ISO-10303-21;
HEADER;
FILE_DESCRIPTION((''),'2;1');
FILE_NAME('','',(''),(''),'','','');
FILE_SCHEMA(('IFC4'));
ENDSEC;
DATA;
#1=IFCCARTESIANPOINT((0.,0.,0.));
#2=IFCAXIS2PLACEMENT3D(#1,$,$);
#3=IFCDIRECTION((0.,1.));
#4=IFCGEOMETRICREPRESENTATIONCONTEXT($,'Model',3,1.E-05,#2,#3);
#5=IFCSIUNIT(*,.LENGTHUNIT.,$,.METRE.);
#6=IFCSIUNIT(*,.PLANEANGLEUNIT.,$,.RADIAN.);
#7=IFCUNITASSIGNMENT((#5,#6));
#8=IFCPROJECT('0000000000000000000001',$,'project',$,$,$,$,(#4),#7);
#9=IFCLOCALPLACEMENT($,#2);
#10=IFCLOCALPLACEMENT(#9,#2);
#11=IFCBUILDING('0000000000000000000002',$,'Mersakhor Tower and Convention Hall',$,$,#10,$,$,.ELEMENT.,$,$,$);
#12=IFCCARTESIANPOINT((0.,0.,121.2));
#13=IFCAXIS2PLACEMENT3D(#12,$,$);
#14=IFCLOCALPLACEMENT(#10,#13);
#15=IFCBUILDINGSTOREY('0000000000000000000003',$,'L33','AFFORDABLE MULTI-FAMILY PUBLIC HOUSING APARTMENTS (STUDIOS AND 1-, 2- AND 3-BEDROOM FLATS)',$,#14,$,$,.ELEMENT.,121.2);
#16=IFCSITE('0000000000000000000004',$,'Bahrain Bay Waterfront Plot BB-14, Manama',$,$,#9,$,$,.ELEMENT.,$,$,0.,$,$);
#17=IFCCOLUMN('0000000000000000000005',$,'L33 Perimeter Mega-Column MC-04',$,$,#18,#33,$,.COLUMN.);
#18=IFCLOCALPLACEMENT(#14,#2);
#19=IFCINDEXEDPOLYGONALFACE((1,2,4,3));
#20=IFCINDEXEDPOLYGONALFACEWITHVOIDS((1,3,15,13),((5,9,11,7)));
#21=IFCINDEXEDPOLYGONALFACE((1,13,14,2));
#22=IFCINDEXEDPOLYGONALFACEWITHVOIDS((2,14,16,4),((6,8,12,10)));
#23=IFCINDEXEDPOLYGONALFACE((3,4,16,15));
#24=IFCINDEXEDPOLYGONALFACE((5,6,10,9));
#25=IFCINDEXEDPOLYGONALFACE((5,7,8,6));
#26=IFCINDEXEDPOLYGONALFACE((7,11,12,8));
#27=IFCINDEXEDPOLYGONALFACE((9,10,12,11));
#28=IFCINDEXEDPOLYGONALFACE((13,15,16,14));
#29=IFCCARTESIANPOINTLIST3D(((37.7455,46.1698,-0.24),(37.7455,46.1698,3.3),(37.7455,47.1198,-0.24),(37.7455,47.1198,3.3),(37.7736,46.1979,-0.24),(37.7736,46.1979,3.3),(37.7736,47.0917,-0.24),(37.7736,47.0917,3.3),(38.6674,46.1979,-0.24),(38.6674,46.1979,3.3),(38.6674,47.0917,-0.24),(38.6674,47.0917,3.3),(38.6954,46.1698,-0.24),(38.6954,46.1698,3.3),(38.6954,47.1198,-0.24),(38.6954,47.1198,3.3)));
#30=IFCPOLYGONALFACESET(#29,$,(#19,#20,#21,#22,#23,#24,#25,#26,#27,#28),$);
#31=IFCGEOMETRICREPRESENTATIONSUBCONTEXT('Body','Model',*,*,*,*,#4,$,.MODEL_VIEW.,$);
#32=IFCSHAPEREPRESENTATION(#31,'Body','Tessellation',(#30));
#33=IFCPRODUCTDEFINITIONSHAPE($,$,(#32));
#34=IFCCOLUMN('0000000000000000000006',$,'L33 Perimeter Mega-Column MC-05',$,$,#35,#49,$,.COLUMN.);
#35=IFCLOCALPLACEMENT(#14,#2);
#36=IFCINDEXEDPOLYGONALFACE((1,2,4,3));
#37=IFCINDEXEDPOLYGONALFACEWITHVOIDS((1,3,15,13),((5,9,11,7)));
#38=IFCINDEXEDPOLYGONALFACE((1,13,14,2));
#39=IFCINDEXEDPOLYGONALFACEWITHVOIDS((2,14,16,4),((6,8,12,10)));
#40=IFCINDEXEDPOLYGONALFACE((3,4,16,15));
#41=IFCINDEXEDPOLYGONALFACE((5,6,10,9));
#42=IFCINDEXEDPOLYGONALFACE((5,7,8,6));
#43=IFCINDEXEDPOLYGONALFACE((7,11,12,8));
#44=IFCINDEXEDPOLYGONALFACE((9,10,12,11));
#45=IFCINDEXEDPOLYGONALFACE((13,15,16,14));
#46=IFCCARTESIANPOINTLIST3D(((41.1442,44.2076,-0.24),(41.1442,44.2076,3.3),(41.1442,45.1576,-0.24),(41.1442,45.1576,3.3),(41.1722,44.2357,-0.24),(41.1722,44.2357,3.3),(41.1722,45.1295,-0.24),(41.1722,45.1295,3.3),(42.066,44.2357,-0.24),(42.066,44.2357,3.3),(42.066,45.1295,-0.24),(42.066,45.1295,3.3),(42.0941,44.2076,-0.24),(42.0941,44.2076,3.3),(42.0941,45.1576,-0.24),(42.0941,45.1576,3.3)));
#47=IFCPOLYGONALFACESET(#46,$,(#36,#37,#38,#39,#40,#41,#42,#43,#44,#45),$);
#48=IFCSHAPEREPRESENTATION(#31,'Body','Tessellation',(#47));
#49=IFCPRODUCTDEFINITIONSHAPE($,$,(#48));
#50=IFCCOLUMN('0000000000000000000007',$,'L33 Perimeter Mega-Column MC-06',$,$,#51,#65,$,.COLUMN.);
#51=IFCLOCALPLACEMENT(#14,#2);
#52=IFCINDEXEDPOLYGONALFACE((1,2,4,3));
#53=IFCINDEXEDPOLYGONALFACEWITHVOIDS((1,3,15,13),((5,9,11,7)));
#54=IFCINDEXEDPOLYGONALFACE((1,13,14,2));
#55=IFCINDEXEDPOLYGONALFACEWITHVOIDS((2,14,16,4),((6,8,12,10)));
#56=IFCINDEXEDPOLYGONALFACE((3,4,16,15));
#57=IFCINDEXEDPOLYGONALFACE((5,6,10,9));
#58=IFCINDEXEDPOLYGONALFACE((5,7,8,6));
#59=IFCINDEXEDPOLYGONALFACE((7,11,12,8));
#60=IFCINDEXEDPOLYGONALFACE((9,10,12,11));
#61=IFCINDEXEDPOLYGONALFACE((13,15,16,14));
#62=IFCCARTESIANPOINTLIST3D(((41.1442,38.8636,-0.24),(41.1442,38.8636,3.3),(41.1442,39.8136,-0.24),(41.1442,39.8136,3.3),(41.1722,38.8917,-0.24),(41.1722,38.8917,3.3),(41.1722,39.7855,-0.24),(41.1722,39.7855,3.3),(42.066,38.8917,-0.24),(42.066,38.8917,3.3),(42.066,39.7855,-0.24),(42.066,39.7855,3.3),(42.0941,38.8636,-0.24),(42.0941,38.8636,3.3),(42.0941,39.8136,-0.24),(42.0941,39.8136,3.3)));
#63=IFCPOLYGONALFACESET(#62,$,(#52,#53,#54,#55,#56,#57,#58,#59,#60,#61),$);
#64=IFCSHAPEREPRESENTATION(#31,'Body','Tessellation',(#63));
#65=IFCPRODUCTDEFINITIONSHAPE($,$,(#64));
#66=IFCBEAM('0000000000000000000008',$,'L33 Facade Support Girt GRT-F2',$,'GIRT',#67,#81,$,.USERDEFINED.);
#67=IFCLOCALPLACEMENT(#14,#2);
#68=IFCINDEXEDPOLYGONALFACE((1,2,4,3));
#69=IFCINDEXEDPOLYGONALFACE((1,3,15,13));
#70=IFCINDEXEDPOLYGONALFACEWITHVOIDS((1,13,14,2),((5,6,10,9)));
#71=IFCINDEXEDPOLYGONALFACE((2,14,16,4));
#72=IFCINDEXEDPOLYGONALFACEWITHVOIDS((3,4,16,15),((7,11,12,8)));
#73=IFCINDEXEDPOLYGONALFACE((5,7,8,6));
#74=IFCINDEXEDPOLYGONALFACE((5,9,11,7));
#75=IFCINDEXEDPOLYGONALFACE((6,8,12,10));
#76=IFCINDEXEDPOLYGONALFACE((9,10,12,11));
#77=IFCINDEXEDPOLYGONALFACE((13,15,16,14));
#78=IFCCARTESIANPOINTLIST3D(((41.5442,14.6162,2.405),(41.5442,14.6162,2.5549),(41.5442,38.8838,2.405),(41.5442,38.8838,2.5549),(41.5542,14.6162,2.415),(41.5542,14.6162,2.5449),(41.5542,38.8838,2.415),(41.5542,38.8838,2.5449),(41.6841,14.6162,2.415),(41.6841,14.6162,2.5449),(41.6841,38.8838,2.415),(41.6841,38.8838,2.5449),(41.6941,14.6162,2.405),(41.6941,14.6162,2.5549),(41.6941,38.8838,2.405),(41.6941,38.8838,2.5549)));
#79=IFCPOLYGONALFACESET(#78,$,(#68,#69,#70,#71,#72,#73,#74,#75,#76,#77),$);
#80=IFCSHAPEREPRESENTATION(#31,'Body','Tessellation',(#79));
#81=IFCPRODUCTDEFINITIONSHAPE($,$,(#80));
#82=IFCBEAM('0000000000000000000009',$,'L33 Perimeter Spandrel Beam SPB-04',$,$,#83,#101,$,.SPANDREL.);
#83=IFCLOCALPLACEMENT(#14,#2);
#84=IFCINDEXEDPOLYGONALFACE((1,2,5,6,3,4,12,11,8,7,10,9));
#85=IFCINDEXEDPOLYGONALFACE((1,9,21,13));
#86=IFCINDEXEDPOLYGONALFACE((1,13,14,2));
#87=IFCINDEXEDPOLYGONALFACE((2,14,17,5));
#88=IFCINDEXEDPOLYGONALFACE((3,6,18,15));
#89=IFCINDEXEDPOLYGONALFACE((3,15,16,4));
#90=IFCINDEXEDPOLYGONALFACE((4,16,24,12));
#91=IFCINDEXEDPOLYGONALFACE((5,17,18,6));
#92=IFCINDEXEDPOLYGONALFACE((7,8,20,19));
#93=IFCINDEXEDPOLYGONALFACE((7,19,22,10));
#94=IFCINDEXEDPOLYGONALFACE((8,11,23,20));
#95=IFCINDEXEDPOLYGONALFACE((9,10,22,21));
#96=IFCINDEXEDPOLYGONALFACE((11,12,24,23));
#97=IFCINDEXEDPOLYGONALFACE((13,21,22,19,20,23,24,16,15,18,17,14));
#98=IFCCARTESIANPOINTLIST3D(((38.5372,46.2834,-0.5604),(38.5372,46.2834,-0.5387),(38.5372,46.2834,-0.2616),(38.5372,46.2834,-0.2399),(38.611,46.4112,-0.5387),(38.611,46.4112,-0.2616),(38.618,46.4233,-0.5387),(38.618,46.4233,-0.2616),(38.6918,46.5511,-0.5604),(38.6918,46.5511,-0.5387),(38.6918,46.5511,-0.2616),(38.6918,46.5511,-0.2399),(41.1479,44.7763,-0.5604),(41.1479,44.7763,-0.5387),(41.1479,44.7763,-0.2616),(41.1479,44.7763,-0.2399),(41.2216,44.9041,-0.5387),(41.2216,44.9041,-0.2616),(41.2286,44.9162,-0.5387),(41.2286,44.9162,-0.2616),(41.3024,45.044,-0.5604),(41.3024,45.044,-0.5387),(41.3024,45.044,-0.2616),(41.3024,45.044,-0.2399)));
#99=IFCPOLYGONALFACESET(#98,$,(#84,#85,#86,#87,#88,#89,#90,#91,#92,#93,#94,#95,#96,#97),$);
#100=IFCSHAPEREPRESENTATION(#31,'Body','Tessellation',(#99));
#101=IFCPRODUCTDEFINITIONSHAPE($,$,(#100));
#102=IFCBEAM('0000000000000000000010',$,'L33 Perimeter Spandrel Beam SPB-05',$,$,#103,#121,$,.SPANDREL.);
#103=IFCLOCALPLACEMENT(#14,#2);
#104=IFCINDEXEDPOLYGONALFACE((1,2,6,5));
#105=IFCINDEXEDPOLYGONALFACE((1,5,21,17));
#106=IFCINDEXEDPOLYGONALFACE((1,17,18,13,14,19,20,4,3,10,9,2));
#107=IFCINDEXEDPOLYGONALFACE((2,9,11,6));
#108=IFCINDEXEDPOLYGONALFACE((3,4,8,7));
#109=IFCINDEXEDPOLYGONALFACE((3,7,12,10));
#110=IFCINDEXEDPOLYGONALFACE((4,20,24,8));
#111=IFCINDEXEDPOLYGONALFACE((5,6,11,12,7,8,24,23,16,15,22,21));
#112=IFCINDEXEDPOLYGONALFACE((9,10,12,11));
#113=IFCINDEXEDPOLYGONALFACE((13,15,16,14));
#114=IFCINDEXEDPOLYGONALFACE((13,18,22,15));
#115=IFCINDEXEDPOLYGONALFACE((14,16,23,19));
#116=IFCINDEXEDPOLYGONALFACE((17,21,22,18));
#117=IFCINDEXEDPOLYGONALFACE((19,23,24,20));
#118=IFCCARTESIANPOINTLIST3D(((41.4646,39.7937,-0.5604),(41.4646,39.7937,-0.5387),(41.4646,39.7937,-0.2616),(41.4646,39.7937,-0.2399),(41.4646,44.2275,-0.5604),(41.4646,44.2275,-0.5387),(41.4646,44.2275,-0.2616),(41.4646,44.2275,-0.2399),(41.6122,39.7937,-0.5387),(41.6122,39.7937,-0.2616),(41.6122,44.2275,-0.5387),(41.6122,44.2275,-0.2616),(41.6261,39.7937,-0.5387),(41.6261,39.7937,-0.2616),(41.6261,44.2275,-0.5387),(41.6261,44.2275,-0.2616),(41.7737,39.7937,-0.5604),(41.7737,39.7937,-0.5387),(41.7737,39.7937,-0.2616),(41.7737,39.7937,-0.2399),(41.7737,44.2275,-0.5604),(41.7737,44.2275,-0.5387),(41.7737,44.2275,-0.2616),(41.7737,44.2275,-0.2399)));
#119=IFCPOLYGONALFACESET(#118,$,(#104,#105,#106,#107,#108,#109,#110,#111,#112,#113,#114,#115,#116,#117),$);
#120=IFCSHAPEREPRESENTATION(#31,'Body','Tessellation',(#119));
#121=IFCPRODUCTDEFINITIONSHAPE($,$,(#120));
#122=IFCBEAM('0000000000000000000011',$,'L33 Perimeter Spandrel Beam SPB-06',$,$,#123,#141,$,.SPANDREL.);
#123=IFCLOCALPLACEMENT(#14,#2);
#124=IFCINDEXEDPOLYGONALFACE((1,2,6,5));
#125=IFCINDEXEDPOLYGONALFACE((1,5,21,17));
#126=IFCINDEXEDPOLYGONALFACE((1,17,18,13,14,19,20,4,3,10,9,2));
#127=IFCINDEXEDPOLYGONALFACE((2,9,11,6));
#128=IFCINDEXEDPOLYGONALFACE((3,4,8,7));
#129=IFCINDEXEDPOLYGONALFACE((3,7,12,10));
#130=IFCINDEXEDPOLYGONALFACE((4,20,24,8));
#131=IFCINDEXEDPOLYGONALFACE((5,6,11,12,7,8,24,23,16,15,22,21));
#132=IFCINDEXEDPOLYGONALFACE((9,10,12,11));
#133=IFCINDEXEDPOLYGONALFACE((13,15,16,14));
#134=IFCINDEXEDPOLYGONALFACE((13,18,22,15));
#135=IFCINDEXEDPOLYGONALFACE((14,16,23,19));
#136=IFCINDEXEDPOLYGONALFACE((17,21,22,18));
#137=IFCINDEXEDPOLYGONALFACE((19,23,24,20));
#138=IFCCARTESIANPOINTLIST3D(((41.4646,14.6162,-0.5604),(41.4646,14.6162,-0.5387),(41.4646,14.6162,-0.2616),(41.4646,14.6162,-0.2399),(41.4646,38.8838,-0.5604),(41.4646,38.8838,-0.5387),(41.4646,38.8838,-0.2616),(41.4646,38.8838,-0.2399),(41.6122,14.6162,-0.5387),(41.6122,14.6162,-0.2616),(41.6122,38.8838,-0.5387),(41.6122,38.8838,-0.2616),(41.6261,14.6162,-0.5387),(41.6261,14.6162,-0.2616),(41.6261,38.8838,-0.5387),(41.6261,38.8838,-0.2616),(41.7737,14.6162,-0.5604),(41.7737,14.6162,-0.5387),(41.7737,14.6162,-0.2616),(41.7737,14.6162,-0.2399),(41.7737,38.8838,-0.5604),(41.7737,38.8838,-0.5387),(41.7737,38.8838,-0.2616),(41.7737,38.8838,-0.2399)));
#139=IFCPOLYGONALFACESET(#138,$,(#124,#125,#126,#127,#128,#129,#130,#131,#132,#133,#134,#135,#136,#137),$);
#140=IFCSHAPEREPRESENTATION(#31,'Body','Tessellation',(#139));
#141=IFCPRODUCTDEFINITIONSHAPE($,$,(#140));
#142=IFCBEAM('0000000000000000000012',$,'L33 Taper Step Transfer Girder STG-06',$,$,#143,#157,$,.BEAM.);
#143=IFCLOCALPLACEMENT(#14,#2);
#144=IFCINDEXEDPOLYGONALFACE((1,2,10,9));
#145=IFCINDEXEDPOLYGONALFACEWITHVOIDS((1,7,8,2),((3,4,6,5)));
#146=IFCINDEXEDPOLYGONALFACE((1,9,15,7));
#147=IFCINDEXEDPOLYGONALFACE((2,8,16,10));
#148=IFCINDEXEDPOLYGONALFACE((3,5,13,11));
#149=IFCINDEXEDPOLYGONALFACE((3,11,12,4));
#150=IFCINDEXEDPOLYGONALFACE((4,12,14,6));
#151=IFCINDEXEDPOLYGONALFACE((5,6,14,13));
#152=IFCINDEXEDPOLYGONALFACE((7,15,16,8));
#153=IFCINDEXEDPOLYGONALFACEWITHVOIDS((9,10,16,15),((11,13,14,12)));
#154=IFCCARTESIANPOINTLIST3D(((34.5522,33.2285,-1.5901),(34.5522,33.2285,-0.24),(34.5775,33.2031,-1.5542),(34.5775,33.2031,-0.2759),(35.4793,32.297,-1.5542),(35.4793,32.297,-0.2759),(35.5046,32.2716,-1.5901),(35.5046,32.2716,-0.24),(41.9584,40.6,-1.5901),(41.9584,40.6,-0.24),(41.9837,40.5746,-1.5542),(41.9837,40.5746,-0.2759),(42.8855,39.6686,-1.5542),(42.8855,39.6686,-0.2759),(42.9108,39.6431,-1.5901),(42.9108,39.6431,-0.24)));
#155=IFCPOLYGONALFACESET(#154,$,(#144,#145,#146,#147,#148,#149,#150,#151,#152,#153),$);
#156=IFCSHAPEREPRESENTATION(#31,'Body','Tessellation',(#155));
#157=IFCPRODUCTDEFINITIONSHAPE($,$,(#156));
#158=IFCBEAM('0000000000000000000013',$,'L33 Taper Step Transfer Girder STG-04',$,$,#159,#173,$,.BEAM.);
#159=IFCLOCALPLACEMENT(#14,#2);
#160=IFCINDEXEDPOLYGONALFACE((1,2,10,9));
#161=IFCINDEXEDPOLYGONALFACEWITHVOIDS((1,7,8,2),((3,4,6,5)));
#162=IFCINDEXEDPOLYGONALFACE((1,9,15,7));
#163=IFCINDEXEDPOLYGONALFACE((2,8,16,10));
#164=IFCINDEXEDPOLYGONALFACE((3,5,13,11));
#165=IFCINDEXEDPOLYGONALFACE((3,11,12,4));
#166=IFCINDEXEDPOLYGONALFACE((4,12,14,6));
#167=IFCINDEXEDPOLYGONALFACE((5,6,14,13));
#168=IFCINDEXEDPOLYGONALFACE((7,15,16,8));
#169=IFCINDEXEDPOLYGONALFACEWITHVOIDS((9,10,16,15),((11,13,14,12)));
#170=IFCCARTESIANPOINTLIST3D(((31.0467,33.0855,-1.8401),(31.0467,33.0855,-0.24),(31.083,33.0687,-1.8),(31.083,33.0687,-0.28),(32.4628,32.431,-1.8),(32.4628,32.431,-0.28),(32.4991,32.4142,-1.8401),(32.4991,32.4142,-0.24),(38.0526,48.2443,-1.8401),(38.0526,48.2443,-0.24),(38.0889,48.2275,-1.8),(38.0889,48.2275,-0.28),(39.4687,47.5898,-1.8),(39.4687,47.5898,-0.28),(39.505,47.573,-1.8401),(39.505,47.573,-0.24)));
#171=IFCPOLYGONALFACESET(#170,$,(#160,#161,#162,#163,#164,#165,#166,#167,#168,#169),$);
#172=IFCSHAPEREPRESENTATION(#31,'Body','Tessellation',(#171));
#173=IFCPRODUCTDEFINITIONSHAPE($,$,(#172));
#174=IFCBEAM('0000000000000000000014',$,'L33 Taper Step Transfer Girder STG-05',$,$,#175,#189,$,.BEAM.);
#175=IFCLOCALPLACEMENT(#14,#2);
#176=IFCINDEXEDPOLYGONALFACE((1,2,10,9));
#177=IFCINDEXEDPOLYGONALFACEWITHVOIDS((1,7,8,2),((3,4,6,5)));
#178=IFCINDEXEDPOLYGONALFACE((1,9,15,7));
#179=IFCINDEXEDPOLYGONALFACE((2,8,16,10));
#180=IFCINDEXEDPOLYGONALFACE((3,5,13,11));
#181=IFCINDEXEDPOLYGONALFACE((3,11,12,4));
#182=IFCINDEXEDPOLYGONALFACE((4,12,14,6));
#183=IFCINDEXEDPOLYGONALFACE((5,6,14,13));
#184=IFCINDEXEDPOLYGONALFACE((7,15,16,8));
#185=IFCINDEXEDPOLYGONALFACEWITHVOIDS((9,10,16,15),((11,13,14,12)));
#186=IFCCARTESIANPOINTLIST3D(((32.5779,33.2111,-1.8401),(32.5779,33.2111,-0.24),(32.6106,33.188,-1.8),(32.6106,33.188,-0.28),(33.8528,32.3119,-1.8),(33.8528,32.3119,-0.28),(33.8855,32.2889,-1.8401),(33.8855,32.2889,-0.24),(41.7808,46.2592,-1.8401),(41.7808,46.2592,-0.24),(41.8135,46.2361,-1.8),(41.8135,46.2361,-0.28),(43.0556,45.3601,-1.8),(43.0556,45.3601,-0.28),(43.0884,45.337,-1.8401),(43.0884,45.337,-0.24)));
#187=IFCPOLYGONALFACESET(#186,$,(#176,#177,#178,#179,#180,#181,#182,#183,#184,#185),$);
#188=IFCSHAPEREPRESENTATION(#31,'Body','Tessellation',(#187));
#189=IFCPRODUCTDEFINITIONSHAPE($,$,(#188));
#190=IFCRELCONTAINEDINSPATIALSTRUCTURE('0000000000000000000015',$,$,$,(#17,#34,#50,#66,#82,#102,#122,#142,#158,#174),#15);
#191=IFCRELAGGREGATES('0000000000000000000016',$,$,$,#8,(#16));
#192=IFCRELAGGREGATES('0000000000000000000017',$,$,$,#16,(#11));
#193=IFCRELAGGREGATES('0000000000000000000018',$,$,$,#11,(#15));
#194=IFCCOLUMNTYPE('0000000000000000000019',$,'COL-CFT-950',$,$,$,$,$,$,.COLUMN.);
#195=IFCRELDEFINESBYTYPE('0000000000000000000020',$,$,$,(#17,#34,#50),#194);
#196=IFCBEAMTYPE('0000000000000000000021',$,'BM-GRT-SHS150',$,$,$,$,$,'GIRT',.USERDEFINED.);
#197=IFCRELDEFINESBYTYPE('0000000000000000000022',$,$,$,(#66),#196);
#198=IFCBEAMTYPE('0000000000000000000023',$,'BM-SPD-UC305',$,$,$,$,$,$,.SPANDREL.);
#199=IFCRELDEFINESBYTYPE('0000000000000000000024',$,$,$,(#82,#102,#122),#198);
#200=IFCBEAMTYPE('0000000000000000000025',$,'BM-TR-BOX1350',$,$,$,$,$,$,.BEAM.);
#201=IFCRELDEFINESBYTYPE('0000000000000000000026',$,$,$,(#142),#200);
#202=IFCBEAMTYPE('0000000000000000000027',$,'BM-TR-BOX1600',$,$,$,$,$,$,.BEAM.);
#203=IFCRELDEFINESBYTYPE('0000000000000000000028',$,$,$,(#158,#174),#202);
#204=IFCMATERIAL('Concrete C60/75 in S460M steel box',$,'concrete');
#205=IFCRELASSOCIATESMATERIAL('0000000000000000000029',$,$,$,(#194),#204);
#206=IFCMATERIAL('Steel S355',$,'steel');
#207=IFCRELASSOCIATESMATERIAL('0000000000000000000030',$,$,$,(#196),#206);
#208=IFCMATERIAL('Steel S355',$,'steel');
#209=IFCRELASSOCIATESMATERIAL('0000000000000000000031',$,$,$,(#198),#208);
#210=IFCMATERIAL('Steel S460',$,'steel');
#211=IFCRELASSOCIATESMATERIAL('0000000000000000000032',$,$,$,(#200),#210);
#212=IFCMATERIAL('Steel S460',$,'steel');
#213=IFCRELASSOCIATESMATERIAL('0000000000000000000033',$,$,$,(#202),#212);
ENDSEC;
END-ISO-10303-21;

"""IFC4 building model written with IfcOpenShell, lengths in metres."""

from ifc_helpers import new_model, si_unit, direction, frame, origin, origin_2d, place, context, subcontext, project, spatial, hollow_rectangle, i_section, extrude, material, material_profile, profile_set, type_object, element, save


model = new_model("IFC4")

# Units and contexts
model_context = context("Model", 3, precision=1e-05, world=origin(), true_north=direction((0.0, 1.0)))
body_context = subcontext(model_context, "Body", "Model", "MODEL_VIEW")
ifc_project = project(units=[si_unit("LENGTHUNIT", "METRE"), si_unit("PLANEANGLEUNIT", "RADIAN")], contexts=[model_context])

# Site, building, storey
site_placement = place(None, origin())
site = spatial("IfcSite", under=ifc_project, at=site_placement, Name="Bahrain Bay Waterfront Plot BB-14, Manama", CompositionType="ELEMENT", RefElevation=0.0)
building_placement = place(site_placement, origin())
building = spatial("IfcBuilding", under=site, at=building_placement, Name="Mersakhor Tower and Convention Hall", CompositionType="ELEMENT")
storey_placement = place(building_placement, frame((0.0, 0.0, 121.2)))
storey = spatial("IfcBuildingStorey", under=building, at=storey_placement, Name="L33", Description="AFFORDABLE MULTI-FAMILY PUBLIC HOUSING APARTMENTS (STUDIOS AND 1-, 2- AND 3-BEDROOM FLATS)", CompositionType="ELEMENT", Elevation=121.2)

# Columns
ifc_material_1 = material(Name="Concrete C60/75 in S460M steel box", Category="concrete")
ifc_material_profile_1 = material_profile(ifc_material_1, hollow_rectangle(XDim=0.95, YDim=0.95, WallThickness=0.0281, at=origin_2d()), Name="SHS 950x950x28")
ifc_profile_set_1 = profile_set([ifc_material_profile_1], Name="Concrete C60/75 in S460M steel box")
column_type = type_object("IfcColumnType", Name="COL-CFT-950", PredefinedType="COLUMN", material=ifc_profile_set_1)
for number, where, z_axis, x_axis, name in (
    (1, (38.2205, 46.6448, -0.24), (0.0, 0.0, 1.0), (1.0, 0.0, 0.0), "L33 Perimeter Mega-Column MC-04"),
    (2, (41.6191, 44.6826, -0.24), (0.0, 0.0, 1.0), (1.0, 0.0, 0.0), "L33 Perimeter Mega-Column MC-05"),
    (3, (41.6191, 39.3386, -0.24), (0.0, 0.0, 1.0), (1.0, 0.0, 0.0), "L33 Perimeter Mega-Column MC-06"),
):
    element("IfcColumn", number, at=place(storey_placement, frame(where, z_axis=z_axis, x_axis=x_axis)), inside=storey, type_object=column_type, Name=name, PredefinedType="COLUMN", context=body_context, shape_type="SweptSolid", body=[
        extrude(hollow_rectangle(XDim=0.95, YDim=0.95, WallThickness=0.0281, at=origin_2d()), origin(), (0.0, 0.0, 1.0), 3.54),
    ])

# Beams
ifc_material_2 = material(Name="Steel S355", Category="steel")
ifc_material_profile_2 = material_profile(ifc_material_2, hollow_rectangle(XDim=0.1499, YDim=0.1499, WallThickness=0.01, at=origin_2d()), Name="SHS 150x150x10")
ifc_profile_set_2 = profile_set([ifc_material_profile_2], Name="Steel S355")
beam_type_1 = type_object("IfcBeamType", Name="BM-GRT-SHS150", ElementType="GIRT", PredefinedType="USERDEFINED", material=ifc_profile_set_2)
beam_1_placement = place(storey_placement, frame((41.6191, 38.8838, 2.48), z_axis=(0.0, -1.0, 0.0), x_axis=(1.0, 0.0, 0.0)))
element("IfcBeam", 4, at=beam_1_placement, inside=storey, type_object=beam_type_1, Name="L33 Facade Support Girt GRT-F2", ObjectType="GIRT", PredefinedType="USERDEFINED", context=body_context, shape_type="SweptSolid", body=[
    extrude(hollow_rectangle(XDim=0.1499, YDim=0.1499, WallThickness=0.01, at=origin_2d()), origin(), (0.0, 0.0, 1.0), 24.2676),
])
ifc_material_3 = material(Name="Steel S355", Category="steel")
ifc_material_profile_3 = material_profile(ifc_material_3, i_section(OverallWidth=0.3091, OverallDepth=0.3206, WebThickness=0.0139, FlangeThickness=0.0217, at=origin_2d()), Name="UC 305x305x137")
ifc_profile_set_3 = profile_set([ifc_material_profile_3], Name="Steel S355")
beam_type_2 = type_object("IfcBeamType", Name="BM-SPD-UC305", PredefinedType="SPANDREL", material=ifc_profile_set_3)
beam_2_placement = place(storey_placement, frame((38.6145, 46.4172, -0.4001), z_axis=(0.866047, -0.499963, 0.0), x_axis=(0.499963, 0.866047, 0.0)))
element("IfcBeam", 5, at=beam_2_placement, inside=storey, type_object=beam_type_2, Name="L33 Perimeter Spandrel Beam SPB-04", PredefinedType="SPANDREL", context=body_context, shape_type="SweptSolid", body=[
    extrude(i_section(OverallWidth=0.3091, OverallDepth=0.3206, WebThickness=0.0139, FlangeThickness=0.0217, at=origin_2d()), origin(), (0.0, 0.0, 1.0), 3.0144),
])
beam_3_placement = place(storey_placement, frame((41.6191, 44.2275, -0.4001), z_axis=(0.0, -1.0, 0.0), x_axis=(1.0, 0.0, 0.0)))
element("IfcBeam", 6, at=beam_3_placement, inside=storey, type_object=beam_type_2, Name="L33 Perimeter Spandrel Beam SPB-05", PredefinedType="SPANDREL", context=body_context, shape_type="SweptSolid", body=[
    extrude(i_section(OverallWidth=0.3091, OverallDepth=0.3206, WebThickness=0.0139, FlangeThickness=0.0217, at=origin_2d()), origin(), (0.0, 0.0, 1.0), 4.4338),
])
beam_4_placement = place(storey_placement, frame((41.6191, 38.8838, -0.4001), z_axis=(0.0, -1.0, 0.0), x_axis=(1.0, 0.0, 0.0)))
element("IfcBeam", 7, at=beam_4_placement, inside=storey, type_object=beam_type_2, Name="L33 Perimeter Spandrel Beam SPB-06", PredefinedType="SPANDREL", context=body_context, shape_type="SweptSolid", body=[
    extrude(i_section(OverallWidth=0.3091, OverallDepth=0.3206, WebThickness=0.0139, FlangeThickness=0.0217, at=origin_2d()), origin(), (0.0, 0.0, 1.0), 24.2676),
])
ifc_material_4 = material(Name="Steel S460", Category="steel")
ifc_material_profile_4 = material_profile(ifc_material_4, hollow_rectangle(XDim=1.3501, YDim=1.3501, WallThickness=0.0359, at=origin_2d()), Name="SHS 1350x1350x36")
ifc_profile_set_4 = profile_set([ifc_material_profile_4], Name="Steel S460")
beam_type_3 = type_object("IfcBeamType", Name="BM-TR-BOX1350", PredefinedType="BEAM", material=ifc_profile_set_4)
beam_5_placement = place(storey_placement, frame((42.4346, 40.1216, -0.915), z_axis=(-0.708764, -0.705446, 0.0), x_axis=(0.705446, -0.708764, 0.0)))
element("IfcBeam", 8, at=beam_5_placement, inside=storey, type_object=beam_type_3, Name="L33 Taper Step Transfer Girder STG-06", PredefinedType="BEAM", context=body_context, shape_type="SweptSolid", body=[
    extrude(hollow_rectangle(XDim=1.3501, YDim=1.3501, WallThickness=0.0359, at=origin_2d()), origin(), (0.0, 0.0, 1.0), 10.4495),
])
ifc_material_5 = material(Name="Steel S460", Category="steel")
ifc_material_profile_5 = material_profile(ifc_material_5, hollow_rectangle(XDim=1.6001, YDim=1.6001, WallThickness=0.04, at=origin_2d()), Name="SHS 1600x1600x40")
ifc_profile_set_5 = profile_set([ifc_material_profile_5], Name="Steel S460")
beam_type_4 = type_object("IfcBeamType", Name="BM-TR-BOX1600", PredefinedType="BEAM", material=ifc_profile_set_5)
beam_6_placement = place(storey_placement, frame((38.7788, 47.9087, -1.04), z_axis=(-0.419529, -0.907742, 0.0), x_axis=(0.907742, -0.419529, 0.0)))
element("IfcBeam", 9, at=beam_6_placement, inside=storey, type_object=beam_type_4, Name="L33 Taper Step Transfer Girder STG-04", PredefinedType="BEAM", context=body_context, shape_type="SweptSolid", body=[
    extrude(hollow_rectangle(XDim=1.6001, YDim=1.6001, WallThickness=0.04, at=origin_2d()), origin(), (0.0, 0.0, 1.0), 16.6995),
])
beam_7_placement = place(storey_placement, frame((42.4346, 45.7981, -1.04), z_axis=(-0.576368, -0.81719, 0.0), x_axis=(0.81719, -0.576368, 0.0)))
element("IfcBeam", 10, at=beam_7_placement, inside=storey, type_object=beam_type_4, Name="L33 Taper Step Transfer Girder STG-05", PredefinedType="BEAM", context=body_context, shape_type="SweptSolid", body=[
    extrude(hollow_rectangle(XDim=1.6001, YDim=1.6001, WallThickness=0.04, at=origin_2d()), origin(), (0.0, 0.0, 1.0), 15.967),
])

save(model, "model.ifc")
